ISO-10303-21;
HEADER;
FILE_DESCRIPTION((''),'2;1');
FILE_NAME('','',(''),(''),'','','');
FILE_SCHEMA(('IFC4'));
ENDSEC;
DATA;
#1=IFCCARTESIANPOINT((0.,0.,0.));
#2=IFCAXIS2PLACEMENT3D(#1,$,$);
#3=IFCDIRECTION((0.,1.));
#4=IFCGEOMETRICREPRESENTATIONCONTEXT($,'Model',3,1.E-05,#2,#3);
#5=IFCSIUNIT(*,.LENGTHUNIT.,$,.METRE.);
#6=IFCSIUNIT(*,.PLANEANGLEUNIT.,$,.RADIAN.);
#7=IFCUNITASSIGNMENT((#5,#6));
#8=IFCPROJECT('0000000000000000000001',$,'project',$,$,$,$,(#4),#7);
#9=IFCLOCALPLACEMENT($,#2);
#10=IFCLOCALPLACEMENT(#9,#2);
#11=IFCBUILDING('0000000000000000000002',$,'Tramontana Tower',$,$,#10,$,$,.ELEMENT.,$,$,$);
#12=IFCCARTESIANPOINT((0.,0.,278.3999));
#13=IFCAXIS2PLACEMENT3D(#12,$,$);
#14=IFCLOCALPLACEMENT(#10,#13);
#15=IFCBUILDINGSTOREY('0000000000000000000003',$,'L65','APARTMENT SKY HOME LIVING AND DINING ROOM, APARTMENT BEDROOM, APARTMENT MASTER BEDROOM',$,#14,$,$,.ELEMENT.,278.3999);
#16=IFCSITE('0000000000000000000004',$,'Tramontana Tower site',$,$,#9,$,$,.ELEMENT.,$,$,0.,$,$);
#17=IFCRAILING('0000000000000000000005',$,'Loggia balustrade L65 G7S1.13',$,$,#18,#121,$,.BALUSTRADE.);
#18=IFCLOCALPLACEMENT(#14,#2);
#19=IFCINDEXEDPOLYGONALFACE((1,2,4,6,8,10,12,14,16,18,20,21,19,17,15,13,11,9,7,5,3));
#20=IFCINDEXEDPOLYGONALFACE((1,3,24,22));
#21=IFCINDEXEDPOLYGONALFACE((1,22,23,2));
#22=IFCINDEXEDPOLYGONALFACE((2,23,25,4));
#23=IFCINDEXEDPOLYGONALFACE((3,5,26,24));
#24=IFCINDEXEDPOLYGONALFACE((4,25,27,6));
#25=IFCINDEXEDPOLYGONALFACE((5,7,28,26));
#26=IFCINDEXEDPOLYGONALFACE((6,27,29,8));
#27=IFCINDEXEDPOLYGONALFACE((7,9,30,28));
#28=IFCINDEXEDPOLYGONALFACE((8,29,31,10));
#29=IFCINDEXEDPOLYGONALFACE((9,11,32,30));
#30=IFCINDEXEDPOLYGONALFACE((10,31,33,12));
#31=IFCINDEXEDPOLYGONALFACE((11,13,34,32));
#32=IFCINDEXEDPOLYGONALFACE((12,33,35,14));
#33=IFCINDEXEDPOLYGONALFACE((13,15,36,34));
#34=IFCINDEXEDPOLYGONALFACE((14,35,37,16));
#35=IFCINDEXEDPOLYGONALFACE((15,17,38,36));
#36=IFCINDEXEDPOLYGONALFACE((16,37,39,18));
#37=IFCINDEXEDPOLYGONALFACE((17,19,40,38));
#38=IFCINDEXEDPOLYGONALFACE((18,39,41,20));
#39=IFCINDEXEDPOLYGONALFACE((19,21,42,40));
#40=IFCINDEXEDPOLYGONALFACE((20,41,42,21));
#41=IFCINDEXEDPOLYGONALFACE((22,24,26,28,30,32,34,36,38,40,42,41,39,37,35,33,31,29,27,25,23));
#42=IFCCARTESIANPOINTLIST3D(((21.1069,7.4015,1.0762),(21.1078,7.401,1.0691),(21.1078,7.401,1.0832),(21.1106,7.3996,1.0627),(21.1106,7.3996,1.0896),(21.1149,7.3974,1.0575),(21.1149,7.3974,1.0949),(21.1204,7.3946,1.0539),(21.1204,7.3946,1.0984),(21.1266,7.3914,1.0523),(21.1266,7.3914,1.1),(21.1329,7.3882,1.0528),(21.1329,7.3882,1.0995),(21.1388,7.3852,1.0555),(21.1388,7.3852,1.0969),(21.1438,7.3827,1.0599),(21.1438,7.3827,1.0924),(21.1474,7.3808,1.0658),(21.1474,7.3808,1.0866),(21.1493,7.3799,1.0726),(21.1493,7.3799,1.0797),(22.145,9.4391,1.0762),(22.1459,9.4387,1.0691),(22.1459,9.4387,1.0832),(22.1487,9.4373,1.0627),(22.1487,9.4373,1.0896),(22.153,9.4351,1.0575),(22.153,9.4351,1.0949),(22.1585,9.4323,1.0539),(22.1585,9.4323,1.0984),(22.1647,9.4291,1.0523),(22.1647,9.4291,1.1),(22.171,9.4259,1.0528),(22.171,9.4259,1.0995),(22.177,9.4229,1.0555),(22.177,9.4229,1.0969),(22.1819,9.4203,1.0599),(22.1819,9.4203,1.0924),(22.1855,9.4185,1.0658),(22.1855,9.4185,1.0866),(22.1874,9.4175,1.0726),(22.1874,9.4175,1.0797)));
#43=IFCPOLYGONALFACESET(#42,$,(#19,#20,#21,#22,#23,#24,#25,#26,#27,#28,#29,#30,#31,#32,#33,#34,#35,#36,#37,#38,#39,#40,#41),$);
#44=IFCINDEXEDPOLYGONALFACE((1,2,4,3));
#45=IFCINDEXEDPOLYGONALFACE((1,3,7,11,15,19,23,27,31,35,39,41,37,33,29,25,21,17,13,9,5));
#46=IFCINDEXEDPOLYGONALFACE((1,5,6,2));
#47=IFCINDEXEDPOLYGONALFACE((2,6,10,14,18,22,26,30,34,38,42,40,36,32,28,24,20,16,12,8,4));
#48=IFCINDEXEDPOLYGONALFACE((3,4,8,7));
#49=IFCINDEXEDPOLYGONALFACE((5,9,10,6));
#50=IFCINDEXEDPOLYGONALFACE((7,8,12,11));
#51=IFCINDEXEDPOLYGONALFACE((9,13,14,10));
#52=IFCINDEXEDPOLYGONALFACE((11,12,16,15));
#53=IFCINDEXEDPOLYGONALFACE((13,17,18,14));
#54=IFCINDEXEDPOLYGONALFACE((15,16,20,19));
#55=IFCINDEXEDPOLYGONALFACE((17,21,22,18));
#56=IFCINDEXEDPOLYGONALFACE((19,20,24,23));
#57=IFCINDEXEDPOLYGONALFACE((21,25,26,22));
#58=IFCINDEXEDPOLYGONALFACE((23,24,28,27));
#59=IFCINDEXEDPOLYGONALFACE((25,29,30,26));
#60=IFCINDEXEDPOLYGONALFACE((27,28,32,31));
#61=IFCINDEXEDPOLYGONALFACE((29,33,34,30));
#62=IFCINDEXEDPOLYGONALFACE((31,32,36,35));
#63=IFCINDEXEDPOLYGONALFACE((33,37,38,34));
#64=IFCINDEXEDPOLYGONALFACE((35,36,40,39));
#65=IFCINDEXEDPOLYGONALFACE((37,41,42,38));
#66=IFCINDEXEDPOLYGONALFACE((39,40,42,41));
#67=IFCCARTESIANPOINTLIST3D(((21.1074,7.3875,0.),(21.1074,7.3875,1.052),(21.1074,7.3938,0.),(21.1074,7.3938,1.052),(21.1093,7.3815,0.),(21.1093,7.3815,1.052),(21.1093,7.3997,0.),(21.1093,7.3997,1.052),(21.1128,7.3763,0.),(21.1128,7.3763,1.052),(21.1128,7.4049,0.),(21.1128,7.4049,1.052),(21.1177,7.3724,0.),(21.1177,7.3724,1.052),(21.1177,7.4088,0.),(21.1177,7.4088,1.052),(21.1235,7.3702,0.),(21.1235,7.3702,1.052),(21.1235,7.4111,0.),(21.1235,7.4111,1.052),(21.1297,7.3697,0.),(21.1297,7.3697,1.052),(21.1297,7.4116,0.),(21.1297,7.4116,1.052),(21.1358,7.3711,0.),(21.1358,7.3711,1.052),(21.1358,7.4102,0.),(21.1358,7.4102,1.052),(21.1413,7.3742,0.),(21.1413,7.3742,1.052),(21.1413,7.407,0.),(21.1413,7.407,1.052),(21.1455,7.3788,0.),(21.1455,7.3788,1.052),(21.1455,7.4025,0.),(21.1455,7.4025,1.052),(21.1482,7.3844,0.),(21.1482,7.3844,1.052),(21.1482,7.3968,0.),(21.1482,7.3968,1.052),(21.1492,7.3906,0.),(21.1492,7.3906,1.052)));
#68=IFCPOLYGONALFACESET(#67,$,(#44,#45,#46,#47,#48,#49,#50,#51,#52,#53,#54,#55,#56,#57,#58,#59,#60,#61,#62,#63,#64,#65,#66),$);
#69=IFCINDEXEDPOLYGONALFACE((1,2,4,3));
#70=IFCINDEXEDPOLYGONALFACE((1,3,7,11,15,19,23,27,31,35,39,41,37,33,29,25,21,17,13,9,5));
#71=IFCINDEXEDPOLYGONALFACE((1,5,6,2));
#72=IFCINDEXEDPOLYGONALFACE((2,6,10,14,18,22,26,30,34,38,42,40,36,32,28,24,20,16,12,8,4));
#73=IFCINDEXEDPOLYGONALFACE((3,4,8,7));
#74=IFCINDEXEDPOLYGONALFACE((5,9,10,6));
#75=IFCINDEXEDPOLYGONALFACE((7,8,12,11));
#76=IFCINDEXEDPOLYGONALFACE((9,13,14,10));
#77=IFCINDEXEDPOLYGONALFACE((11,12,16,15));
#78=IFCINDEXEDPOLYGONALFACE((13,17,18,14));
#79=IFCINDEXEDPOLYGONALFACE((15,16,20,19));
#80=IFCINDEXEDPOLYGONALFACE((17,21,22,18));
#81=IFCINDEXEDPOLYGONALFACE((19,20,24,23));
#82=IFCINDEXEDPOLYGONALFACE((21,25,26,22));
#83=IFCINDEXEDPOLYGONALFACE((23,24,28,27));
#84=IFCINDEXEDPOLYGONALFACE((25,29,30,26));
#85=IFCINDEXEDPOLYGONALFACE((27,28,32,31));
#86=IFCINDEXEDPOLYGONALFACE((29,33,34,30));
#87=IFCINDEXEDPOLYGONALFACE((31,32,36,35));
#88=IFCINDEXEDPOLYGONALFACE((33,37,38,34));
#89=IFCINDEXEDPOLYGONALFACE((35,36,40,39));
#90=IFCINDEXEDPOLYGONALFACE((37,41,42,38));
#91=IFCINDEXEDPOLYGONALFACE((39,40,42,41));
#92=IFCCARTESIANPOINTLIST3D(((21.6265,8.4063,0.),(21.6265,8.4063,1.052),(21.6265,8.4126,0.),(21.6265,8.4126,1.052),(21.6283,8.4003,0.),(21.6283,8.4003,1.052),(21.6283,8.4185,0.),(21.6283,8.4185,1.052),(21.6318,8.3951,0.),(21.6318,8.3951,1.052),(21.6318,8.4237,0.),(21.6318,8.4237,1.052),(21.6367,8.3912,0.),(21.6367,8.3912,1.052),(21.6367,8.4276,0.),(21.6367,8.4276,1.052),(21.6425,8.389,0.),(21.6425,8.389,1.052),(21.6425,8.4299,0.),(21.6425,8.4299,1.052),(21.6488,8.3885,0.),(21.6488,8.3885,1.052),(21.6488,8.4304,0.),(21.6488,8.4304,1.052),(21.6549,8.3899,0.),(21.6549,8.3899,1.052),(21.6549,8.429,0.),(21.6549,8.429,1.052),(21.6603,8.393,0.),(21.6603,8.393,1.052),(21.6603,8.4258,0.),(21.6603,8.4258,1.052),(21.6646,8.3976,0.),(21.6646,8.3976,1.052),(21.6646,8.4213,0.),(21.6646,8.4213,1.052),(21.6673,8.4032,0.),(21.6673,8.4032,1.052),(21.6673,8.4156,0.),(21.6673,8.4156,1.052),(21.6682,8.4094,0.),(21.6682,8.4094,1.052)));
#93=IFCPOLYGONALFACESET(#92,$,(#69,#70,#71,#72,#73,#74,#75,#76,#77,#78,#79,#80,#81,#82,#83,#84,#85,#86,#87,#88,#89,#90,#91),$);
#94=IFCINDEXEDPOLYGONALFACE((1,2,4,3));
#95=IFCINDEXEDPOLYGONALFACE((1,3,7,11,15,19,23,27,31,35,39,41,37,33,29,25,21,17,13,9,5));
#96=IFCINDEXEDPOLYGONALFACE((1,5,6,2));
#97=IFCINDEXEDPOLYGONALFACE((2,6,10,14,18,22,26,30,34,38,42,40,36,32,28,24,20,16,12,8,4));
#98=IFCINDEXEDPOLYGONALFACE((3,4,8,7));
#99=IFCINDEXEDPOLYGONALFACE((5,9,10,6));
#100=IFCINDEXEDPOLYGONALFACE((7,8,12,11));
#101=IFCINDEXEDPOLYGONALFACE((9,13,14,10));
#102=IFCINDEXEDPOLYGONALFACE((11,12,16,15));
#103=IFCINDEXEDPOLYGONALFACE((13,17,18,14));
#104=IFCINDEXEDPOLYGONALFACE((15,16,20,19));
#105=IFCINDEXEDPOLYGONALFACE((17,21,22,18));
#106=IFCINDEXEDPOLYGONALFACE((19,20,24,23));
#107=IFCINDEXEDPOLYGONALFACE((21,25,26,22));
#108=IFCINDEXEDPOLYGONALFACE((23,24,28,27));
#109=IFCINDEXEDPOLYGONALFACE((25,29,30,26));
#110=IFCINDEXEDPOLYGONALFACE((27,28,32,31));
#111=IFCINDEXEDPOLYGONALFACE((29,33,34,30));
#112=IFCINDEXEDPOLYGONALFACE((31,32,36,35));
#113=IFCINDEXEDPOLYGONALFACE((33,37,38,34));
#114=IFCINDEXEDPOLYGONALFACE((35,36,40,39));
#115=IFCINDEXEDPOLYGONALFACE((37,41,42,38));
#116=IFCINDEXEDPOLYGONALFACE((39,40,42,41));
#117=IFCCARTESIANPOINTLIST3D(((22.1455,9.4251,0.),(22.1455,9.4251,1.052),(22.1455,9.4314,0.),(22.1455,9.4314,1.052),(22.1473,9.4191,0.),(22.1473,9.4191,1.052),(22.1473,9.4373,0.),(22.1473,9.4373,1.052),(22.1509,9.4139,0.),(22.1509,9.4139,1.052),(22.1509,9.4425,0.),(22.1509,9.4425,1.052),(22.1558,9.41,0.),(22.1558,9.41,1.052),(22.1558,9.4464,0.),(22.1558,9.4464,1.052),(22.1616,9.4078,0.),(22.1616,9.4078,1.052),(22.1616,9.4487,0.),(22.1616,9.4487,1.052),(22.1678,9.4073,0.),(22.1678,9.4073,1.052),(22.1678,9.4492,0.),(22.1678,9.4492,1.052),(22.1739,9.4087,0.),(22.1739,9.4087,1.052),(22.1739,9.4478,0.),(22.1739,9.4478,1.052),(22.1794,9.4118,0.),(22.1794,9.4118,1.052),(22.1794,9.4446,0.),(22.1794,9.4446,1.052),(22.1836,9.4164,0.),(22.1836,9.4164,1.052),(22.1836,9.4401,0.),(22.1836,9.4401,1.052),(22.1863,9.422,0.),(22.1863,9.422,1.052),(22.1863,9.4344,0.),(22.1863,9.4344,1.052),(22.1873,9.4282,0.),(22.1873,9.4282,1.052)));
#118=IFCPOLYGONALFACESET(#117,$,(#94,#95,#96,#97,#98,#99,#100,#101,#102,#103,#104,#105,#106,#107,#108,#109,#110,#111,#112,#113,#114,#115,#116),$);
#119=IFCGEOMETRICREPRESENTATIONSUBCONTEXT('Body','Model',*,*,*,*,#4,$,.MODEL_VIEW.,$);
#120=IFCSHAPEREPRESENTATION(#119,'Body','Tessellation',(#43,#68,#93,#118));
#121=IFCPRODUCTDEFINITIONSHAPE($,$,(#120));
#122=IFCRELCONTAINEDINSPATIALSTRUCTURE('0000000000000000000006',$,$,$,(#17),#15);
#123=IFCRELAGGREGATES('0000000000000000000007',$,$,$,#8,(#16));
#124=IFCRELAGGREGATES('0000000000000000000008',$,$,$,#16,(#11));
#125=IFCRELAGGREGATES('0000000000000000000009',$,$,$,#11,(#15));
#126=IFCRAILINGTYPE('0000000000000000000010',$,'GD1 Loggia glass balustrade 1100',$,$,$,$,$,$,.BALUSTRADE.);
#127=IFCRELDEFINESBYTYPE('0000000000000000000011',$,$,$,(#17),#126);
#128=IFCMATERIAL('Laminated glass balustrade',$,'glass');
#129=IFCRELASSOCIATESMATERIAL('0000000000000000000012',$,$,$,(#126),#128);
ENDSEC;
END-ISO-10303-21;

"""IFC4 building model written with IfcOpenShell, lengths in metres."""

from ifc_helpers import new_model, si_unit, direction, frame, origin, origin_2d, place, context, subcontext, project, spatial, circle, extrude, material, type_object, element, save


model = new_model("IFC4")

# Units and contexts
model_context = context("Model", 3, precision=1e-05, world=origin(), true_north=direction((0.0, 1.0)))
body_context = subcontext(model_context, "Body", "Model", "MODEL_VIEW")
ifc_project = project(units=[si_unit("LENGTHUNIT", "METRE"), si_unit("PLANEANGLEUNIT", "RADIAN")], contexts=[model_context])

# Site, building, storey
site_placement = place(None, origin())
site = spatial("IfcSite", under=ifc_project, at=site_placement, Name="Tramontana Tower site", CompositionType="ELEMENT", RefElevation=0.0)
building_placement = place(site_placement, origin())
building = spatial("IfcBuilding", under=site, at=building_placement, Name="Tramontana Tower", CompositionType="ELEMENT")
storey_placement = place(building_placement, frame((0.0, 0.0, 278.3999)))
storey = spatial("IfcBuildingStorey", under=building, at=storey_placement, Name="L65", Description="APARTMENT SKY HOME LIVING AND DINING ROOM, APARTMENT BEDROOM, APARTMENT MASTER BEDROOM", CompositionType="ELEMENT", Elevation=278.3999)

# Railing
ifc_material_1 = material(Name="Laminated glass balustrade", Category="glass")
railing_type = type_object("IfcRailingType", Name="GD1 Loggia glass balustrade 1100", PredefinedType="BALUSTRADE", material=ifc_material_1)
railing_placement = place(storey_placement, frame((21.1282, 7.3906, 0.0)))
element("IfcRailing", 1, at=railing_placement, inside=storey, type_object=railing_type, Name="Loggia balustrade L65 G7S1.13", PredefinedType="BALUSTRADE", context=body_context, shape_type="SweptSolid", body=[
    extrude(circle(Radius=0.0239, at=origin_2d()), frame((0.0, 0.0, 1.0762), z_axis=(0.453948, 0.891028, 0.0), x_axis=(-0.891028, 0.453948, 0.0)), (0.0, 0.0, 1.0), 2.2869),
    extrude(circle(Radius=0.021, at=origin_2d()), origin(), (0.0, 0.0, 1.0), 1.052),
    extrude(circle(Radius=0.021, at=origin_2d()), frame((0.519, 1.0188, 0.0)), (0.0, 0.0, 1.0), 1.052),
    extrude(circle(Radius=0.021, at=origin_2d()), frame((1.0381, 2.0376, 0.0)), (0.0, 0.0, 1.0), 1.052),
])

save(model, "model.ifc")
